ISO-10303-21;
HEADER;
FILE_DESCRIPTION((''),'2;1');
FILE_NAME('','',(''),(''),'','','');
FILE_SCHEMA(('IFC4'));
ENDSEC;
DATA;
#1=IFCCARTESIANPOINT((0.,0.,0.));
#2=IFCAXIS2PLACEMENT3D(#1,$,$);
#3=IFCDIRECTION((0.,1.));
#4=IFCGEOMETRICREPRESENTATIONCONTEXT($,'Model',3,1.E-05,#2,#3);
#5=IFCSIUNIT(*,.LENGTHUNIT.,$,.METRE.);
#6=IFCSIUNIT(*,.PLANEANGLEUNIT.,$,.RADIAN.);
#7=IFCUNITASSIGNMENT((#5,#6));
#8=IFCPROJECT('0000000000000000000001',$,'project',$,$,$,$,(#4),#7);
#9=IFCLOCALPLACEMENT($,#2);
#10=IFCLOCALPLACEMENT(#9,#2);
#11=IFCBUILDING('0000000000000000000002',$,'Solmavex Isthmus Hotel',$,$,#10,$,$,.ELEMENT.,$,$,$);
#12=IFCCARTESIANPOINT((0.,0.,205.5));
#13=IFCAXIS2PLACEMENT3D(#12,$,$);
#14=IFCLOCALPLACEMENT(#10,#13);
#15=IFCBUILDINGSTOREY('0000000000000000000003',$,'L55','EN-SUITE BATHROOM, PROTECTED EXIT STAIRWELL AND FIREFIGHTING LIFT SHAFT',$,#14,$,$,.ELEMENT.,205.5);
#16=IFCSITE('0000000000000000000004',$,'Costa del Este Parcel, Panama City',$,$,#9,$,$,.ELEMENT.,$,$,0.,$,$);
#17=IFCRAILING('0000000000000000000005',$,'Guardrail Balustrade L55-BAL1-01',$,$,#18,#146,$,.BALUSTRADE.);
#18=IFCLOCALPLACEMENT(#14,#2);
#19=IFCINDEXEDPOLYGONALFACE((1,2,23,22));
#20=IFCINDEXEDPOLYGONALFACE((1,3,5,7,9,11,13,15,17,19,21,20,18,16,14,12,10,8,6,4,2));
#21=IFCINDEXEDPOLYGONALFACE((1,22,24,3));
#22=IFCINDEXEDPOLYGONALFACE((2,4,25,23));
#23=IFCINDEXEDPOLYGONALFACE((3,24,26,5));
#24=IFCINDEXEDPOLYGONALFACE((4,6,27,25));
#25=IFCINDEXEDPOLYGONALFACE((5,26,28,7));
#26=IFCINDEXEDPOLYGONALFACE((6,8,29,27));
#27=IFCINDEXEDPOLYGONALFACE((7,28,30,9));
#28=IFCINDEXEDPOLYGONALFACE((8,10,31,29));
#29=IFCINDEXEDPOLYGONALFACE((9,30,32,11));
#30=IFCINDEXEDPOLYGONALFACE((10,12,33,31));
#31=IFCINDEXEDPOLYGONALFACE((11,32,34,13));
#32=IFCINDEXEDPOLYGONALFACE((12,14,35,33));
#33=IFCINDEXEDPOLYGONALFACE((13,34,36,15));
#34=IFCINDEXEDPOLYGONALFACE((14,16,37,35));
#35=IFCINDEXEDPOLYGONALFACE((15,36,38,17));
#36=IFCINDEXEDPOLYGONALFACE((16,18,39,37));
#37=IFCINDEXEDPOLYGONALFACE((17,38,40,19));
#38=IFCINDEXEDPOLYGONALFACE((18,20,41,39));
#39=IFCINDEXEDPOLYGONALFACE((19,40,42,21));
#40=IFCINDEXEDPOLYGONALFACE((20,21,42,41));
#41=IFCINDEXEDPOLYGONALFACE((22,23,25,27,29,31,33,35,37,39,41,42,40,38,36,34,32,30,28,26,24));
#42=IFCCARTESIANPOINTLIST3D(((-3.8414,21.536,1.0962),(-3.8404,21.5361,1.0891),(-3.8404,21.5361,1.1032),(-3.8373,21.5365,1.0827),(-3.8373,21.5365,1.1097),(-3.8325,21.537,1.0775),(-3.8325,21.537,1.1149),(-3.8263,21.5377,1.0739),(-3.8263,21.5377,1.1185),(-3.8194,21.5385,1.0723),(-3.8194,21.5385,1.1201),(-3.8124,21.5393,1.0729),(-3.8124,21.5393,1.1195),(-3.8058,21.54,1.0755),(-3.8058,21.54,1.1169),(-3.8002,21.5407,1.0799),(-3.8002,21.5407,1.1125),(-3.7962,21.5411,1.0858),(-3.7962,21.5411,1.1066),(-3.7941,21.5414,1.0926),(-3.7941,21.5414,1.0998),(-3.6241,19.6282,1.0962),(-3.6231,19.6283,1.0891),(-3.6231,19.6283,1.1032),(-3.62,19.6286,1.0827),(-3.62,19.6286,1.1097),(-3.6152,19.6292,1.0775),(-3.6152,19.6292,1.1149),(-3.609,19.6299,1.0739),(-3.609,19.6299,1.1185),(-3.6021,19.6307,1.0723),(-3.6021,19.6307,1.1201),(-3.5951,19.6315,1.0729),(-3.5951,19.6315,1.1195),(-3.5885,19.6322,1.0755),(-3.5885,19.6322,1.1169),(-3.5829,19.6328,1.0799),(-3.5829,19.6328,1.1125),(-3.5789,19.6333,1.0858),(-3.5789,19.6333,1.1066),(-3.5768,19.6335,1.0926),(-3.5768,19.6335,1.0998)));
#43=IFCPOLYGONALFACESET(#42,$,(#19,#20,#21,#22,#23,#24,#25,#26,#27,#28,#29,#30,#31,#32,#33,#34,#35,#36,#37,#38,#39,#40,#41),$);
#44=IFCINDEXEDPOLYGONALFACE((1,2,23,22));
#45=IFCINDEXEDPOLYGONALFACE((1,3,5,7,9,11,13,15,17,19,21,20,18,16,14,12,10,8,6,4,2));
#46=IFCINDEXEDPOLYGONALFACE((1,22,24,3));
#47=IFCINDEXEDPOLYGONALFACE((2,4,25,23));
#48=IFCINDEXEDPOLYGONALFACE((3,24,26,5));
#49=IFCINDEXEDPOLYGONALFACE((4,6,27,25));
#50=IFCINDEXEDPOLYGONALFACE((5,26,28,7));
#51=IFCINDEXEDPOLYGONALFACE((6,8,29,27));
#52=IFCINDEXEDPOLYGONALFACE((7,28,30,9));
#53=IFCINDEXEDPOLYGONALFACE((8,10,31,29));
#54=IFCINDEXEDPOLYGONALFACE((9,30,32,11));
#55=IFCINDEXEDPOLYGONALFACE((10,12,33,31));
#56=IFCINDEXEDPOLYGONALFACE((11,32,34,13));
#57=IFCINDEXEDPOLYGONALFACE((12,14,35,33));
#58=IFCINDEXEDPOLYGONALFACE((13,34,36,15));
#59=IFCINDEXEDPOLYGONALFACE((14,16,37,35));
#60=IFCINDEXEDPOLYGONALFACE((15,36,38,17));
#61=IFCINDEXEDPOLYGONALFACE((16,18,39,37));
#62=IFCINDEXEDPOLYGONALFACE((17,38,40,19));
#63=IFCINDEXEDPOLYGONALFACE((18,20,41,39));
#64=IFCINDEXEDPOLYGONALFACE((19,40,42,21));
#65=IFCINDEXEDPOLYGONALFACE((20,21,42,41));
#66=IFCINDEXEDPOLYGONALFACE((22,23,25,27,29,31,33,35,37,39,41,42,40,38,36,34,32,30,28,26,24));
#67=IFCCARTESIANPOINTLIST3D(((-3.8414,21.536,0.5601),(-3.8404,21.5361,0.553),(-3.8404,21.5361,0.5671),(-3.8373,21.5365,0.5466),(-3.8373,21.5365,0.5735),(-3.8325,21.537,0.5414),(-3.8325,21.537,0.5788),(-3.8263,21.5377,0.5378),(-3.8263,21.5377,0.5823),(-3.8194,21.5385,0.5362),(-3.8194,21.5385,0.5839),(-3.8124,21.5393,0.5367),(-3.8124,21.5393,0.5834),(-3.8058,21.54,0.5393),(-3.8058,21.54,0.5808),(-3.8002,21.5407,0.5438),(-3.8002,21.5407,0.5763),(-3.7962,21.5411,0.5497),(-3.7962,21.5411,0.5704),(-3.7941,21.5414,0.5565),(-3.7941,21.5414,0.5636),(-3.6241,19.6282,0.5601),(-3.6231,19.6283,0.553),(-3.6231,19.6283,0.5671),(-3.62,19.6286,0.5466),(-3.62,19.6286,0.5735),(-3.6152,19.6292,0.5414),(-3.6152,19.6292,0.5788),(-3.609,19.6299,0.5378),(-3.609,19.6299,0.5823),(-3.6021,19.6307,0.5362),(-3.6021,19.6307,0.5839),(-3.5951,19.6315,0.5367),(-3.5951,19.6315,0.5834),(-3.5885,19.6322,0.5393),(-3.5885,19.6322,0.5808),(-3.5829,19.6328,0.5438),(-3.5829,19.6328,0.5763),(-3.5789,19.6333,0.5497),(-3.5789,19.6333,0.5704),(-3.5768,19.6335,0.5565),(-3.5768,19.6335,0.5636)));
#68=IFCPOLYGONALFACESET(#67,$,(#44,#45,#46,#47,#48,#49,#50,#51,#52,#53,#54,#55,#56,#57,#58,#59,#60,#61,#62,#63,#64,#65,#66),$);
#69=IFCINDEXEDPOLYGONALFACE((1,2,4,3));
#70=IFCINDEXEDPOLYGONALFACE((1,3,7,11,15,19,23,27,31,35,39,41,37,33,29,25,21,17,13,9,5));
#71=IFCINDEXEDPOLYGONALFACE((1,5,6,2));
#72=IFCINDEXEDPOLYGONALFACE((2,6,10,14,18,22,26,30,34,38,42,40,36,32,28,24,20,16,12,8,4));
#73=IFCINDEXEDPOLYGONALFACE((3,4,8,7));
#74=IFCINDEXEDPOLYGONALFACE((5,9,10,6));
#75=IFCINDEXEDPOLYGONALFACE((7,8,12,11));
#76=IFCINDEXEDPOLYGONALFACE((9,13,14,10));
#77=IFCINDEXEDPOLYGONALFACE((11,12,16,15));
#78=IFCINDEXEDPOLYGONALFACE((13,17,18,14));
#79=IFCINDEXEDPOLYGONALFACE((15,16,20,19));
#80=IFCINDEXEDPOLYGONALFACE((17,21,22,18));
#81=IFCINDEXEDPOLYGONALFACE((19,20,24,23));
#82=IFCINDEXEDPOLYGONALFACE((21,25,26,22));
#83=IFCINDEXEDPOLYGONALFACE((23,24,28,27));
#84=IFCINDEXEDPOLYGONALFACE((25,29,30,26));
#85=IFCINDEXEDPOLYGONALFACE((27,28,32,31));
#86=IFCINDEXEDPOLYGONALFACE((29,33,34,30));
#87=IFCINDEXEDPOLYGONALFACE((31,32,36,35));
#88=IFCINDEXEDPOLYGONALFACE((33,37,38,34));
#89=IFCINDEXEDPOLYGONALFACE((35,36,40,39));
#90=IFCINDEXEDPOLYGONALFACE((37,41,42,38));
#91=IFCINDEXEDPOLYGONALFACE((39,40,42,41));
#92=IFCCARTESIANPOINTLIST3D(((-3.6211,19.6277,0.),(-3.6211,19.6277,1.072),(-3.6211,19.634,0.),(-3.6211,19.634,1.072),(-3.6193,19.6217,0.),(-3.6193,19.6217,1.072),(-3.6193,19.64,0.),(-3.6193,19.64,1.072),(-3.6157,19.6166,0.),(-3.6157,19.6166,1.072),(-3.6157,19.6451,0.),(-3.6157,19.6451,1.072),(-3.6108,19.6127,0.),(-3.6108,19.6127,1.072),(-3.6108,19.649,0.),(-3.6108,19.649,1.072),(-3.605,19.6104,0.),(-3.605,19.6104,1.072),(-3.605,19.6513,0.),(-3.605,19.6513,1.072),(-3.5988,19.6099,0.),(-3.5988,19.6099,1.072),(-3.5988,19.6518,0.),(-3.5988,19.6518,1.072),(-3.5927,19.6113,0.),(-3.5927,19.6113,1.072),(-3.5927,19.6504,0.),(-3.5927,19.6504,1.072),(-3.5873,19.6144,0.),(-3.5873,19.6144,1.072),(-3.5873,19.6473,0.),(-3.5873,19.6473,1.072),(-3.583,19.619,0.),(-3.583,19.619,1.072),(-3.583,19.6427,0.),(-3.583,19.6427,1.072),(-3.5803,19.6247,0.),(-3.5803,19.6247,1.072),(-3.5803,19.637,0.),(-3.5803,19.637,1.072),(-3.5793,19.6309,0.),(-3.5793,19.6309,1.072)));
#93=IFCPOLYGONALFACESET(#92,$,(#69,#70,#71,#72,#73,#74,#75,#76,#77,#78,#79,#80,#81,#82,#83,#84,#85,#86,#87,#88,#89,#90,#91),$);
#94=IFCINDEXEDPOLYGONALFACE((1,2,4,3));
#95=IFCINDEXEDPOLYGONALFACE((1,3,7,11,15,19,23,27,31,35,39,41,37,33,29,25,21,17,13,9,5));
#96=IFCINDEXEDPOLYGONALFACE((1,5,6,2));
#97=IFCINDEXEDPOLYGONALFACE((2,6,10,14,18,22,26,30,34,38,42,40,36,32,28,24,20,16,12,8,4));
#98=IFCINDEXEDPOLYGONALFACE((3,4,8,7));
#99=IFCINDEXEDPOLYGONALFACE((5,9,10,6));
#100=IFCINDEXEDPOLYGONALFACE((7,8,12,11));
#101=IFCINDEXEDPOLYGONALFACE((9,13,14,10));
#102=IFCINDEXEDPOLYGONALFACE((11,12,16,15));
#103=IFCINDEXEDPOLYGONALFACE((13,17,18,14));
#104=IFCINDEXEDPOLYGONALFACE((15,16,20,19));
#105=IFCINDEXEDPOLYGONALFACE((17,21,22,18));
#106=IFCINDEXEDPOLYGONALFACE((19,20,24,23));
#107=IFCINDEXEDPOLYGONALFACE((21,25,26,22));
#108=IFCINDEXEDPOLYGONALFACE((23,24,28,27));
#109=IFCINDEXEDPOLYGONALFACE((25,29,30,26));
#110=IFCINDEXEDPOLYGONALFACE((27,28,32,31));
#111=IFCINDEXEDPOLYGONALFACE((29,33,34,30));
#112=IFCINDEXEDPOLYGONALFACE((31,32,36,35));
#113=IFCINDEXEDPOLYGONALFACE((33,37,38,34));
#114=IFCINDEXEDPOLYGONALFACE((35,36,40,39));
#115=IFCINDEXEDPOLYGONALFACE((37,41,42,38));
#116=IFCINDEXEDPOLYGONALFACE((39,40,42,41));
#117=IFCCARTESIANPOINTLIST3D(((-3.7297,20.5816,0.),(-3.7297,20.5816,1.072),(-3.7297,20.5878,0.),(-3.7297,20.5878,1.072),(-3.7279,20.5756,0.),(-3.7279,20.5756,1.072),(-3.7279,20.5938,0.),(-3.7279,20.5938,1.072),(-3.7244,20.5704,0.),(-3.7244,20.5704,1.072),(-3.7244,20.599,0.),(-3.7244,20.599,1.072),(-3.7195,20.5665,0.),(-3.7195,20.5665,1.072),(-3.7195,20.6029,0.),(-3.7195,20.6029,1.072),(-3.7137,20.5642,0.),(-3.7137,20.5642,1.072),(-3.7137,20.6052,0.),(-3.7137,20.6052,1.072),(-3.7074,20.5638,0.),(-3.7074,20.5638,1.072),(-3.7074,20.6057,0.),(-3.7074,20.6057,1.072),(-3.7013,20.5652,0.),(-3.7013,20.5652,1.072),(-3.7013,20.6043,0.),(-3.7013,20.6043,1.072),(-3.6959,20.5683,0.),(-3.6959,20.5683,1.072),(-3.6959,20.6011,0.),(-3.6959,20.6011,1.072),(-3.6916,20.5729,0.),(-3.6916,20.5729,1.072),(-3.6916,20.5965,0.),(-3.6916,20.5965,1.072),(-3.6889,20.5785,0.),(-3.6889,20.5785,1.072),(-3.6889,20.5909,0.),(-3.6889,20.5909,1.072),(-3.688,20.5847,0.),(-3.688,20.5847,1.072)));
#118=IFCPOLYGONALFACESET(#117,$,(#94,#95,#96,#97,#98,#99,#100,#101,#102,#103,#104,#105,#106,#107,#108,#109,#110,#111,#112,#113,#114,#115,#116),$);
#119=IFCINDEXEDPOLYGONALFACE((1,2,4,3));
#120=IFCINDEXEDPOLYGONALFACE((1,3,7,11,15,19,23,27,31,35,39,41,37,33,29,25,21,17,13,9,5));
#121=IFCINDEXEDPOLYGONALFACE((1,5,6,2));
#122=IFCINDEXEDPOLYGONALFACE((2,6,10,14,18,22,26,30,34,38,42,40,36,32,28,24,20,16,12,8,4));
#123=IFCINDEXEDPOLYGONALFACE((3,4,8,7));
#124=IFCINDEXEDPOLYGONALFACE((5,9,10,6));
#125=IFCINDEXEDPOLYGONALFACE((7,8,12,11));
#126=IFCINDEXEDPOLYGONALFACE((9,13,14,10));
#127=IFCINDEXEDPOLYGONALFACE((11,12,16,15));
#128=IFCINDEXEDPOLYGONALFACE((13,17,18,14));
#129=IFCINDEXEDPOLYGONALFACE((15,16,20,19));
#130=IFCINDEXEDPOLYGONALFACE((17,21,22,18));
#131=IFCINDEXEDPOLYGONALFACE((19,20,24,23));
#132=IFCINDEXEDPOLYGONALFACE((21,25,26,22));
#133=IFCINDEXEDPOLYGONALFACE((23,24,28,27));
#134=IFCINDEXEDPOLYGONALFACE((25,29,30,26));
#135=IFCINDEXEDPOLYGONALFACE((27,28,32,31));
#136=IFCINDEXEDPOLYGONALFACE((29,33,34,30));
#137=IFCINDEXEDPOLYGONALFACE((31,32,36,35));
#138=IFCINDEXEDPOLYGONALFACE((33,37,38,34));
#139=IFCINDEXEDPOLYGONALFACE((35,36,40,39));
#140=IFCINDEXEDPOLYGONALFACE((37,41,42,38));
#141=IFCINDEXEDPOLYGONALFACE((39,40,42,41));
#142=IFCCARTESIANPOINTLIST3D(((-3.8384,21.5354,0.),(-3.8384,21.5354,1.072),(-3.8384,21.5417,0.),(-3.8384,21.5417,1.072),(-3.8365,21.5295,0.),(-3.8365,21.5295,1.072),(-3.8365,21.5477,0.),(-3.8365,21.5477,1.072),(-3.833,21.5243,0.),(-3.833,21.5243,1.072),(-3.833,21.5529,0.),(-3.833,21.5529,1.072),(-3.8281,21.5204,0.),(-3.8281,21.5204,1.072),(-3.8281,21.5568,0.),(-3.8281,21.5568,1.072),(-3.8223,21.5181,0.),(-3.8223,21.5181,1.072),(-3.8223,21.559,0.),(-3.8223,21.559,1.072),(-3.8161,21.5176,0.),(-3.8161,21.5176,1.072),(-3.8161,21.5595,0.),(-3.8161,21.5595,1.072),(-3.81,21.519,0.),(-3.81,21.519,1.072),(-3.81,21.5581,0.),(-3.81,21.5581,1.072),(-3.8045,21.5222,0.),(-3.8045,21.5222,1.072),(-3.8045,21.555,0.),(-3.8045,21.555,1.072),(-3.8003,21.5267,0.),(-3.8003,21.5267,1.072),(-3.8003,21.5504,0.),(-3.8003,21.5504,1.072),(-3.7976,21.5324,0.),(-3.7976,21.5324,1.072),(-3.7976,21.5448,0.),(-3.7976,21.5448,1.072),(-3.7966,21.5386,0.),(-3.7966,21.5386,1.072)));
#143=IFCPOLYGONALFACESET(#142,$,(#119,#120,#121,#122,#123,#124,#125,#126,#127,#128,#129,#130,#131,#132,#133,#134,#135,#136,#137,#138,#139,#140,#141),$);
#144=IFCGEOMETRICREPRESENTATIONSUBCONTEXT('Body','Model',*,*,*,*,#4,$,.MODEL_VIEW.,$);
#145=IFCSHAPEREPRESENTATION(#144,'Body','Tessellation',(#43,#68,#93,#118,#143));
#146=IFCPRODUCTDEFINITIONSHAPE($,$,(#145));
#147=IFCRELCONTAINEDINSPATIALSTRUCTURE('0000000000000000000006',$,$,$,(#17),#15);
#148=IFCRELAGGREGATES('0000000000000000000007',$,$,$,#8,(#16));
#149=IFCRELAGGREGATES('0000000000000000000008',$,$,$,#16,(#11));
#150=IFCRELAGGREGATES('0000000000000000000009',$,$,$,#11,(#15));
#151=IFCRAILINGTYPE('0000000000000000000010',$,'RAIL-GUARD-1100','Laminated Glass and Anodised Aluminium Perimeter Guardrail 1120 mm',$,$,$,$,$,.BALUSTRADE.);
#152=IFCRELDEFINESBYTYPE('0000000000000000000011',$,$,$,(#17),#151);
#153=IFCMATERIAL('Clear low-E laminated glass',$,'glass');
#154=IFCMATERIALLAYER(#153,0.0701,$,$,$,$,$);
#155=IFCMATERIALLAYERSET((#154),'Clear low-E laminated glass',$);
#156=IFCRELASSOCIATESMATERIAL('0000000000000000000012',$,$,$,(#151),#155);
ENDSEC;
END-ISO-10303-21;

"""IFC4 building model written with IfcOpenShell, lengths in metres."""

from ifc_helpers import new_model, si_unit, direction, frame, origin, origin_2d, place, context, subcontext, project, spatial, circle, extrude, material, layer, layer_set, type_object, element, save


model = new_model("IFC4")

# Units and contexts
model_context = context("Model", 3, precision=1e-05, world=origin(), true_north=direction((0.0, 1.0)))
body_context = subcontext(model_context, "Body", "Model", "MODEL_VIEW")
ifc_project = project(units=[si_unit("LENGTHUNIT", "METRE"), si_unit("PLANEANGLEUNIT", "RADIAN")], contexts=[model_context])

# Site, building, storey
site_placement = place(None, origin())
site = spatial("IfcSite", under=ifc_project, at=site_placement, Name="Costa del Este Parcel, Panama City", CompositionType="ELEMENT", RefElevation=0.0)
building_placement = place(site_placement, origin())
building = spatial("IfcBuilding", under=site, at=building_placement, Name="Solmavex Isthmus Hotel", CompositionType="ELEMENT")
storey_placement = place(building_placement, frame((0.0, 0.0, 205.5)))
storey = spatial("IfcBuildingStorey", under=building, at=storey_placement, Name="L55", Description="EN-SUITE BATHROOM, PROTECTED EXIT STAIRWELL AND FIREFIGHTING LIFT SHAFT", CompositionType="ELEMENT", Elevation=205.5)

# Shared definitions
ifc_material_1 = material(Name="Clear low-E laminated glass", Category="glass")

# Railing
ifc_layer_1 = layer(ifc_material_1, 0.0701)
ifc_layer_set_1 = layer_set([ifc_layer_1], Name="Clear low-E laminated glass")
railing_type = type_object("IfcRailingType", Name="RAIL-GUARD-1100", Description="Laminated Glass and Anodised Aluminium Perimeter Guardrail 1120 mm", PredefinedType="BALUSTRADE", material=ifc_layer_set_1)
railing_1_placement = place(storey_placement, frame((-3.6003, 19.6309, 0.0)))
element("IfcRailing", 1, at=railing_1_placement, inside=storey, type_object=railing_type, Name="Guardrail Balustrade L55-BAL1-01", PredefinedType="BALUSTRADE", context=body_context, shape_type="SweptSolid", body=[
    extrude(circle(Radius=0.0239, at=origin_2d()), frame((0.0, 0.0, 1.0962), z_axis=(-0.113166, 0.993576, 0.0), x_axis=(-0.993576, -0.113166, 0.0)), (0.0, 0.0, 1.0), 1.9202),
    extrude(circle(Radius=0.0239, at=origin_2d()), frame((0.0, 0.0, 0.5601), z_axis=(-0.113166, 0.993576, 0.0), x_axis=(-0.993576, -0.113166, 0.0)), (0.0, 0.0, 1.0), 1.9202),
    extrude(circle(Radius=0.021, at=origin_2d()), origin(), (0.0, 0.0, 1.0), 1.072),
    extrude(circle(Radius=0.021, at=origin_2d()), frame((-0.1086, 0.9539, 0.0)), (0.0, 0.0, 1.0), 1.072),
    extrude(circle(Radius=0.021, at=origin_2d()), frame((-0.2173, 1.9077, 0.0)), (0.0, 0.0, 1.0), 1.072),
])

save(model, "model.ifc")
